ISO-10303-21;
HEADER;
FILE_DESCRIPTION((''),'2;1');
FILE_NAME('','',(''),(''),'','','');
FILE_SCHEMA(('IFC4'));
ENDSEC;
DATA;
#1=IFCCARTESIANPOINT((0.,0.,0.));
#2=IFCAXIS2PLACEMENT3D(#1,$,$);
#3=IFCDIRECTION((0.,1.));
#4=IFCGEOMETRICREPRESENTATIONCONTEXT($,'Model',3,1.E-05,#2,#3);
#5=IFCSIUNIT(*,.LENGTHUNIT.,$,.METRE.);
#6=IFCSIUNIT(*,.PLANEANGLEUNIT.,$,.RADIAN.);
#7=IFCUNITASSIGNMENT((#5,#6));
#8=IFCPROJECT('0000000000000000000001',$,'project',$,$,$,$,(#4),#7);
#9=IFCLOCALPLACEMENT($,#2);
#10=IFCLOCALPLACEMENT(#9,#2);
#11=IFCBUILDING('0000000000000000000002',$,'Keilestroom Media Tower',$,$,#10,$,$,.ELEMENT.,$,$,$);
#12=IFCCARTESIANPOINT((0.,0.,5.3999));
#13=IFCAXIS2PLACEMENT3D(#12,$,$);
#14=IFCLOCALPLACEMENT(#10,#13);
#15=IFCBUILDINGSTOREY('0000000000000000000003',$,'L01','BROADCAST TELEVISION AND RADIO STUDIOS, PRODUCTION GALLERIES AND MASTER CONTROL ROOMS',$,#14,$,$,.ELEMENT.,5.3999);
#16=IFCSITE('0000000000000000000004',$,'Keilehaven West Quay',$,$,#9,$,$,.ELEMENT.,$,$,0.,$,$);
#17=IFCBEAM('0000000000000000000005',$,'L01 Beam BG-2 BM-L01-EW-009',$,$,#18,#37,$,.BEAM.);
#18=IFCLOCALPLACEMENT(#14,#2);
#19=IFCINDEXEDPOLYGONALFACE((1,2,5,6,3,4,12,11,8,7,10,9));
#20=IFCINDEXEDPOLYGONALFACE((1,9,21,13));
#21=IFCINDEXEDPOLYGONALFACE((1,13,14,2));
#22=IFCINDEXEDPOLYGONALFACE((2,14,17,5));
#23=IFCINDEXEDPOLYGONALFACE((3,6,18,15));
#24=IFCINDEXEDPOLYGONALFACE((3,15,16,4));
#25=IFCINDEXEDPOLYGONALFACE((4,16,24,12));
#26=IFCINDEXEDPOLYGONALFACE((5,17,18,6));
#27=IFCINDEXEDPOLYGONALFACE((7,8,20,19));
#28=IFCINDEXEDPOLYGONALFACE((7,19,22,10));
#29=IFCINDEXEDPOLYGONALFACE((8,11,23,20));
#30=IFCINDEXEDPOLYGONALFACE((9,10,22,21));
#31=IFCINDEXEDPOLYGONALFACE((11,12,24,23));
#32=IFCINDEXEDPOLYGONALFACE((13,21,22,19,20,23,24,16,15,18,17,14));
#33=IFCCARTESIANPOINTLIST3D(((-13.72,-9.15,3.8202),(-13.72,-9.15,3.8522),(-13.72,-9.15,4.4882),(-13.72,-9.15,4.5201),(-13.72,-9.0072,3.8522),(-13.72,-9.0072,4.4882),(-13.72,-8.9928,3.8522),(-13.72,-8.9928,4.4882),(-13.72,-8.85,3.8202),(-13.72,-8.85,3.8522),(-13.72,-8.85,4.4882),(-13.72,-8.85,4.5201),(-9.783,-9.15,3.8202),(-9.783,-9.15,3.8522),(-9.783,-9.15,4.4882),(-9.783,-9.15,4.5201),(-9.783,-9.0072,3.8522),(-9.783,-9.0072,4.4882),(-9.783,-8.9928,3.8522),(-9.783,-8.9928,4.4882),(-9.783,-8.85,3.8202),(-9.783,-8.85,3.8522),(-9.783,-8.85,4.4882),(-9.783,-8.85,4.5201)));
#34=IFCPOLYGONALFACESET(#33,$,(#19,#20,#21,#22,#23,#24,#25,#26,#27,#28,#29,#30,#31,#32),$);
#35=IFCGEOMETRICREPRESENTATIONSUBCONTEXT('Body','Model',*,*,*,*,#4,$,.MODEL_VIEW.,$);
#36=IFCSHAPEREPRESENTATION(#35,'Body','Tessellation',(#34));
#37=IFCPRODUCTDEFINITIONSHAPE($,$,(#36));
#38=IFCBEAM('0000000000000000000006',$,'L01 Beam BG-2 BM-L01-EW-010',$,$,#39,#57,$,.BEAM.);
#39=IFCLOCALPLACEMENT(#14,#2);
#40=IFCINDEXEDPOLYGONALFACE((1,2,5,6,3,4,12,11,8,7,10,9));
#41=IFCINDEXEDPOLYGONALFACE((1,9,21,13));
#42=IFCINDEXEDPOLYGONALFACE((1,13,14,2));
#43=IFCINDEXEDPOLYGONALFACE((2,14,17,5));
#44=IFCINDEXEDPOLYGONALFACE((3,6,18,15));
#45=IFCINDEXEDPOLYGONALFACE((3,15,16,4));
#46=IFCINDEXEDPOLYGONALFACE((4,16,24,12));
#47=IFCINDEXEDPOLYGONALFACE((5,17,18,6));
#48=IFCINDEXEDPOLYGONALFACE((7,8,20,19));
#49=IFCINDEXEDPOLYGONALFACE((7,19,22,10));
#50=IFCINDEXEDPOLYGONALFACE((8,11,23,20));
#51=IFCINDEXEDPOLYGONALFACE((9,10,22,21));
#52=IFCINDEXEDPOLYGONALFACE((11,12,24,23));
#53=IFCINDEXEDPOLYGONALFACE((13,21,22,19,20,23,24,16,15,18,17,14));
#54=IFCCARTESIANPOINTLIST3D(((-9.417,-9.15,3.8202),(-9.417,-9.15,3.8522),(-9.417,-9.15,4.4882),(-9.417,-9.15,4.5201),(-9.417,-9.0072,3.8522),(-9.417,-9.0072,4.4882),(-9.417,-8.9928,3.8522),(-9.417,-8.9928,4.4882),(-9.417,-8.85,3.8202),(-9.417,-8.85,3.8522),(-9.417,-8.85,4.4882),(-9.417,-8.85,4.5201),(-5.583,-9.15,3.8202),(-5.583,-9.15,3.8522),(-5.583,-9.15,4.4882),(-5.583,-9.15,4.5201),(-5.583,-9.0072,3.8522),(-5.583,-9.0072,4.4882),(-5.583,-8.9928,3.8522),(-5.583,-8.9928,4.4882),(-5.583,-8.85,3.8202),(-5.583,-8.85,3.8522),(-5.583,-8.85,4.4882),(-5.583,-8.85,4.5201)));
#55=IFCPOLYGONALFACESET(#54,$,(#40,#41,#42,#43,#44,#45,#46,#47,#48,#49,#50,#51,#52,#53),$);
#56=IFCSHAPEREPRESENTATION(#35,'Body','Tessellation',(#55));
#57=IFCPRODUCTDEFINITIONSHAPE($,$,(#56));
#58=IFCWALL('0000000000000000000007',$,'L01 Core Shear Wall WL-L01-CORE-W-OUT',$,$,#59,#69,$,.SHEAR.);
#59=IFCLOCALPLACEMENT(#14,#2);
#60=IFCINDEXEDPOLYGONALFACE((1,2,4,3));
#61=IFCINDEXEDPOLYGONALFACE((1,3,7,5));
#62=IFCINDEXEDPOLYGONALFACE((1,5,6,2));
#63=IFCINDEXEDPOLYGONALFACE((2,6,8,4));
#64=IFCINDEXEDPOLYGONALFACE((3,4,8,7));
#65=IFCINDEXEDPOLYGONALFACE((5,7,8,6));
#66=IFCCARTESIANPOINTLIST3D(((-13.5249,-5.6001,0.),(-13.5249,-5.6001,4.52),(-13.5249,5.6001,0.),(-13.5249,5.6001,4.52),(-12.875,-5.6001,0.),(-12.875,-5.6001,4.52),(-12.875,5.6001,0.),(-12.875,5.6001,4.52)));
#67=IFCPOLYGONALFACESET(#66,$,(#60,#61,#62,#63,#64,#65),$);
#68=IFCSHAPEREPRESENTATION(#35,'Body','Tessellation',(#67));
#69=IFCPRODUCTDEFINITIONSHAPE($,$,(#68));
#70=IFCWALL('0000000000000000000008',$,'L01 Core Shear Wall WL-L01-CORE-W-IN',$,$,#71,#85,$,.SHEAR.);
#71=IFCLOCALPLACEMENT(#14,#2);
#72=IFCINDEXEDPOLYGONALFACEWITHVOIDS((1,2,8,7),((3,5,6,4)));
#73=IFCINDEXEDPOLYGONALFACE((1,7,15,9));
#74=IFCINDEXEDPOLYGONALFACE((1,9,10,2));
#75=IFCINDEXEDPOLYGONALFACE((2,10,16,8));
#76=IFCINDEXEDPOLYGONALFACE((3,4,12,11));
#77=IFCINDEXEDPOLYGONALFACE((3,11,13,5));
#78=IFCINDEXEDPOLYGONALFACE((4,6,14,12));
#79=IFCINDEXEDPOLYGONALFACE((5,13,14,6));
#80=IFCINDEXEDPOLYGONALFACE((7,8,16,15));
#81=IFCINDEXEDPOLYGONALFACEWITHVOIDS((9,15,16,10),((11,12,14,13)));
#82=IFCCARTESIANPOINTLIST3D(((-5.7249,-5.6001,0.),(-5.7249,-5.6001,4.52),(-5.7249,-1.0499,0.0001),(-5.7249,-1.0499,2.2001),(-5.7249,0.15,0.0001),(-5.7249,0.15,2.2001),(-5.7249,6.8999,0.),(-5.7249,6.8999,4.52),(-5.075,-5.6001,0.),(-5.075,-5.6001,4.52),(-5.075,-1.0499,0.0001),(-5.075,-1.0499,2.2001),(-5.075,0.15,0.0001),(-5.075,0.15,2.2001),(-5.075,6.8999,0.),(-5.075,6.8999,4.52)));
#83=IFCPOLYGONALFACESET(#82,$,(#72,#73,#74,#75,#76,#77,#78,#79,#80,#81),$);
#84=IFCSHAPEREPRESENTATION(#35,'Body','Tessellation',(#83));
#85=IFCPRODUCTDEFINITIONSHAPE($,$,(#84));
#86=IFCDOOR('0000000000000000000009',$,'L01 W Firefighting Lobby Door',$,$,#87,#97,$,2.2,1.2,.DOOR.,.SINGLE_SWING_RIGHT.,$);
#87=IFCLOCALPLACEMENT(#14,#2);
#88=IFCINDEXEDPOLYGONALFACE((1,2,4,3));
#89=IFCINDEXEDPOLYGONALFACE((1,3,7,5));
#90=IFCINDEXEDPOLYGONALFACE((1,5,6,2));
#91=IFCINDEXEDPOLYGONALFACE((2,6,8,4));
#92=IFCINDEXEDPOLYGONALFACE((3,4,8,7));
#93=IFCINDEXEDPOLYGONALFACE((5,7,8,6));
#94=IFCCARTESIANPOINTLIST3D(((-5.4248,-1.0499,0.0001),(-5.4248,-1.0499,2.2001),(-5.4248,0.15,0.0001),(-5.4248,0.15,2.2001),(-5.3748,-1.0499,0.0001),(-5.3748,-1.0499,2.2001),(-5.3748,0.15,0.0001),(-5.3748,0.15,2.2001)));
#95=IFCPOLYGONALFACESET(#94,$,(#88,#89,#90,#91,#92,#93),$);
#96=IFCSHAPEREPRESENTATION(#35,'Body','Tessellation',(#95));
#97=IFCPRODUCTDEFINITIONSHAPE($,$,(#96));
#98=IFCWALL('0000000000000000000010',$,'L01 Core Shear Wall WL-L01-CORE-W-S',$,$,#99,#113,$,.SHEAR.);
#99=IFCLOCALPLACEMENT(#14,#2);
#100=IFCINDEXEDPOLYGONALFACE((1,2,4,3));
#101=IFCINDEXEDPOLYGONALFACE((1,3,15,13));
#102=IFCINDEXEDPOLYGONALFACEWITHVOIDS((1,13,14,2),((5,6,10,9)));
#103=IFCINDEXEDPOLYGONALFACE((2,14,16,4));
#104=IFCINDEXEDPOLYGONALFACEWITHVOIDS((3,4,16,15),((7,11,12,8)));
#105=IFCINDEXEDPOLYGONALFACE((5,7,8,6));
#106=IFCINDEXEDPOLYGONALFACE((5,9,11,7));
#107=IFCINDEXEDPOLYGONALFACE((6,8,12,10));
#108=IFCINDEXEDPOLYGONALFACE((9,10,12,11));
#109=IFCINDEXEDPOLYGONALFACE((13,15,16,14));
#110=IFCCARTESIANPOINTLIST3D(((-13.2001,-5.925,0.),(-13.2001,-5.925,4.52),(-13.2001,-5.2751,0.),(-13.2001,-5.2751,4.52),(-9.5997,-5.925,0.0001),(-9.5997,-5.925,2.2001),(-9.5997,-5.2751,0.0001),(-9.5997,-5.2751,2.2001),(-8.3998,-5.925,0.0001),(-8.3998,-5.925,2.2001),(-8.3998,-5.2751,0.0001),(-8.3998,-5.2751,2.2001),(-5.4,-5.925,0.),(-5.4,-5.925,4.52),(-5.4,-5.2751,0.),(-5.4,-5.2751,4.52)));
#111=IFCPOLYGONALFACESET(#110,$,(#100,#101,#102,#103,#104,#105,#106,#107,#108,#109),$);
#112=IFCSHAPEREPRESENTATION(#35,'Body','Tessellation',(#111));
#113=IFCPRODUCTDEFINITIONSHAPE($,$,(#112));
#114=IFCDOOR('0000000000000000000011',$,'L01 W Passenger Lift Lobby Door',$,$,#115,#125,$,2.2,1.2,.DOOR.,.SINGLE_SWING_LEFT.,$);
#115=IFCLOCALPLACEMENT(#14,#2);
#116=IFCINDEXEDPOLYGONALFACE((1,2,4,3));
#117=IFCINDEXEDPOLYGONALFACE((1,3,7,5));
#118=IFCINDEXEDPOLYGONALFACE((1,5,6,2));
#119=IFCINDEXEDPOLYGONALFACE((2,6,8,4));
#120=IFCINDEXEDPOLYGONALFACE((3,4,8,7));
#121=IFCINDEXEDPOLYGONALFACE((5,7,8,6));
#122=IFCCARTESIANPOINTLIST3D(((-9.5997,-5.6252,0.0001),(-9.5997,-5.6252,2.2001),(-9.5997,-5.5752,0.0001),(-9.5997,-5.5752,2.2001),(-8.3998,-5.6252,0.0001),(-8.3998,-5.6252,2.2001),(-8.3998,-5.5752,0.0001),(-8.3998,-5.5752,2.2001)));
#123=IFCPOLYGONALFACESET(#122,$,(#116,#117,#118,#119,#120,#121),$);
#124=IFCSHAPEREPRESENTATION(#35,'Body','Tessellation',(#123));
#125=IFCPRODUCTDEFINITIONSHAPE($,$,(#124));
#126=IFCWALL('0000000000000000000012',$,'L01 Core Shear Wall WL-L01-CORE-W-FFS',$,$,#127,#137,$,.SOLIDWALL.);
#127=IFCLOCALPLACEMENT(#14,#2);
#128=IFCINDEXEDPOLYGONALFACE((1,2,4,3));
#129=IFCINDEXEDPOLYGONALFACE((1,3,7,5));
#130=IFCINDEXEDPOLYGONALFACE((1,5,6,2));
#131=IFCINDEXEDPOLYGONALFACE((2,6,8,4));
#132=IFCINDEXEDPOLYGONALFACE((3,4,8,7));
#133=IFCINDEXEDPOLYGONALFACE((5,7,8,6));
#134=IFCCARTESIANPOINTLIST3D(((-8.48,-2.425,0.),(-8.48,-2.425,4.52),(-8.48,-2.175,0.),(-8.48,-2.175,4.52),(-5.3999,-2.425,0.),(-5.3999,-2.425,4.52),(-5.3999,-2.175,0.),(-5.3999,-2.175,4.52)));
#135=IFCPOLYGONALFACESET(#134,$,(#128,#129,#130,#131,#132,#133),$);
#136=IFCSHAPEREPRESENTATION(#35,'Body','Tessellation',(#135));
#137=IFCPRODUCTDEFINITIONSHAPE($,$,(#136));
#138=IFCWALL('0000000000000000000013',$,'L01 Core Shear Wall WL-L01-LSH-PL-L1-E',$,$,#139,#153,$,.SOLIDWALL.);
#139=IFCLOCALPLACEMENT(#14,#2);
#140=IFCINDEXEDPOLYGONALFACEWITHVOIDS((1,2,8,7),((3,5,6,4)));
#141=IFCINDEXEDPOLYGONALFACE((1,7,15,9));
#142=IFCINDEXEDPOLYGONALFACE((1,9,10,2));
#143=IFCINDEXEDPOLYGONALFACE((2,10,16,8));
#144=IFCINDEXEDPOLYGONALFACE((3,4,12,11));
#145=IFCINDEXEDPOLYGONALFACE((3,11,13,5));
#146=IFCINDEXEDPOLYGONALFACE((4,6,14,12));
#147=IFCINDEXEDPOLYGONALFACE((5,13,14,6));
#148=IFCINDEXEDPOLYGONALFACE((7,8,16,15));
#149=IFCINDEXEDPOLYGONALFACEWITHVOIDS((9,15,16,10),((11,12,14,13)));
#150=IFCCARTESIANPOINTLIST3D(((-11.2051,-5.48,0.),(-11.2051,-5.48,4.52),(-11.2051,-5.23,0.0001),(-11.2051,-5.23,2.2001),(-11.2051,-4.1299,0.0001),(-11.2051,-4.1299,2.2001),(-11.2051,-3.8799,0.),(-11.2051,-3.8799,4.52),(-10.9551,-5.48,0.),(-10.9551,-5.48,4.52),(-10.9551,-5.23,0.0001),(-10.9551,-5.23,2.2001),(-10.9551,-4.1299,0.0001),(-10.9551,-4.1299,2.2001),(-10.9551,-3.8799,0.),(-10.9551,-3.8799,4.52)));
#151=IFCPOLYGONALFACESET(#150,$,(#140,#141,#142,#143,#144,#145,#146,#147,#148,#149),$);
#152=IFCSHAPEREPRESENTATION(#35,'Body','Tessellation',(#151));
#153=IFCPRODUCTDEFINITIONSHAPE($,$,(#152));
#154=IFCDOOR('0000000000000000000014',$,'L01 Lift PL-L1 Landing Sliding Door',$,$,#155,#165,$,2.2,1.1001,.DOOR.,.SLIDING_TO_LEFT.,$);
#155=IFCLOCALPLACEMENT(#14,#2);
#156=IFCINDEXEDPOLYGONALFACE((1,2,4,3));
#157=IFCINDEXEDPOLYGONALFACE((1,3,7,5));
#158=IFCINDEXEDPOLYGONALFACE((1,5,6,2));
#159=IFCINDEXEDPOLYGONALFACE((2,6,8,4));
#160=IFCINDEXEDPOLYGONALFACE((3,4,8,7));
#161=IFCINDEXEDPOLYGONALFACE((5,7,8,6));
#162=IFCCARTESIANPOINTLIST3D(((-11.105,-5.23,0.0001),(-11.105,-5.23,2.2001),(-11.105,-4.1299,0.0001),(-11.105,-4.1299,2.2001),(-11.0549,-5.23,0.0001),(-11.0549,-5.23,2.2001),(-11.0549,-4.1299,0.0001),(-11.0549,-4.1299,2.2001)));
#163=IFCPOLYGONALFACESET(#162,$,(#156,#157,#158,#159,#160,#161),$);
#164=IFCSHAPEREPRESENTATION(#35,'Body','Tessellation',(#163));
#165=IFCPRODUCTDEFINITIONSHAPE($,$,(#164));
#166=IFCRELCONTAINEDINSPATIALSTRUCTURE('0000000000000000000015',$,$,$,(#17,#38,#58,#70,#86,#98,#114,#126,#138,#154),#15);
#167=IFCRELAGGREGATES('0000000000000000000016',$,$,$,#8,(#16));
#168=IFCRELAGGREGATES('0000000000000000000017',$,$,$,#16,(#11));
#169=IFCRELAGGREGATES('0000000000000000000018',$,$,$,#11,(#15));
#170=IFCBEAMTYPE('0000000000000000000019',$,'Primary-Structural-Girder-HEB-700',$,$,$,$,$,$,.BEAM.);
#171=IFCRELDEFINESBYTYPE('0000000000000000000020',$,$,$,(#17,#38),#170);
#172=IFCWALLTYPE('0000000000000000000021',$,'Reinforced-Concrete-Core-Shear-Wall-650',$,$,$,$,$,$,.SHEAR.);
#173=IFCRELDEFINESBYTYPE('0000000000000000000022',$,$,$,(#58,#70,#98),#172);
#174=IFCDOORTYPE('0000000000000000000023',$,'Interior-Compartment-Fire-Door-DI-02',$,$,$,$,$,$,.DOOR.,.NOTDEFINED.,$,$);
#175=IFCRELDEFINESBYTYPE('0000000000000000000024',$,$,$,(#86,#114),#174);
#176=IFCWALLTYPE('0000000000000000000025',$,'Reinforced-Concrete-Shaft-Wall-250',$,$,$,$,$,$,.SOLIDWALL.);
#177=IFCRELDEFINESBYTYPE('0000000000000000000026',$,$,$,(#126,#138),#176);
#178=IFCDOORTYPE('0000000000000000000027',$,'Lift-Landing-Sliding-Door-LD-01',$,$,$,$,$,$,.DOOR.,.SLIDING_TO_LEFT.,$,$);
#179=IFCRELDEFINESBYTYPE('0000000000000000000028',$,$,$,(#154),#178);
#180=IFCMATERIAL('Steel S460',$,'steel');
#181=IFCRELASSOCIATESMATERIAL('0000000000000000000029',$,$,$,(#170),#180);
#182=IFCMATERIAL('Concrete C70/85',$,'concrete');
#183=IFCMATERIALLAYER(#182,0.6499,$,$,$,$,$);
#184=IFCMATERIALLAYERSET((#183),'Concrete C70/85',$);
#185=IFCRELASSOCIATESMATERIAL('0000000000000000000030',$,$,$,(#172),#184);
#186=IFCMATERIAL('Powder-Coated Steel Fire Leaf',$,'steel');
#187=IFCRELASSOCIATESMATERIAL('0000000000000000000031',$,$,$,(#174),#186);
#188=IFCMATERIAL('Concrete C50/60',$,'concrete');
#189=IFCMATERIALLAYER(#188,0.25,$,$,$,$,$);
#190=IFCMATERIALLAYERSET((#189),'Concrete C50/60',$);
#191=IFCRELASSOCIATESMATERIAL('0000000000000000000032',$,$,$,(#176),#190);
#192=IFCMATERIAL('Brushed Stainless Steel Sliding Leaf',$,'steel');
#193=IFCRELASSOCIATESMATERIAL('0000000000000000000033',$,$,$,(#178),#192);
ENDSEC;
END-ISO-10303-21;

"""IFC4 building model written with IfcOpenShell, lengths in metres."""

from ifc_helpers import new_model, si_unit, direction, frame, frame_2d, origin, origin_2d, place, context, subcontext, project, spatial, rectangle, i_section, extrude, source, transform, mapped, material, layer, layer_set, material_profile, profile_set, type_object, element, fill, save


model = new_model("IFC4")

# Units and contexts
model_context = context("Model", 3, precision=1e-05, world=origin(), true_north=direction((0.0, 1.0)))
body_context = subcontext(model_context, "Body", "Model", "MODEL_VIEW")
ifc_project = project(units=[si_unit("LENGTHUNIT", "METRE"), si_unit("PLANEANGLEUNIT", "RADIAN")], contexts=[model_context])

# Site, building, storey
site_placement = place(None, origin())
site = spatial("IfcSite", under=ifc_project, at=site_placement, Name="Keilehaven West Quay", CompositionType="ELEMENT", RefElevation=0.0)
building_placement = place(site_placement, origin())
building = spatial("IfcBuilding", under=site, at=building_placement, Name="Keilestroom Media Tower", CompositionType="ELEMENT")
storey_placement = place(building_placement, frame((0.0, 0.0, 5.3999)))
storey = spatial("IfcBuildingStorey", under=building, at=storey_placement, Name="L01", Description="BROADCAST TELEVISION AND RADIO STUDIOS, PRODUCTION GALLERIES AND MASTER CONTROL ROOMS", CompositionType="ELEMENT", Elevation=5.3999)

# Shared definitions
ifc_material_1 = material(Name="Concrete C70/85", Category="concrete")
ifc_material_2 = material(Name="Steel S460", Category="steel")

# Beams
ifc_material_profile_1 = material_profile(ifc_material_2, i_section(OverallWidth=0.3, OverallDepth=0.7, WebThickness=0.0144, FlangeThickness=0.032, at=origin_2d()), Name="HEB 700")
ifc_profile_set_1 = profile_set([ifc_material_profile_1], Name="Steel S460")
beam_type_1 = type_object("IfcBeamType", Name="Primary-Structural-Girder-HEB-700", PredefinedType="BEAM", material=ifc_profile_set_1)
shared_shape_1 = source(origin(), body_context, "Body", "SweptSolid", [
    extrude(i_section(OverallWidth=0.3, OverallDepth=0.7, WebThickness=0.0144, FlangeThickness=0.032, at=origin_2d()), origin(), (0.0, 0.0, 1.0), 3.937),
])
beam_1_placement = place(storey_placement, frame((-13.72, -9.0, 4.1702), z_axis=(1.0, 0.0, 0.0), x_axis=(0.0, 1.0, 0.0)))
element("IfcBeam", 1, at=beam_1_placement, inside=storey, type_object=beam_type_1, Name="L01 Beam BG-2 BM-L01-EW-009", PredefinedType="BEAM", context=body_context, shape_type="MappedRepresentation", body=[
    mapped(shared_shape_1, transform((0.0, 0.0, 0.0), x_axis=(1.0, 0.0, 0.0), y_axis=(0.0, 1.0, 0.0), z_axis=(0.0, 0.0, 1.0), scale=1.0)),
])
shared_shape_2 = source(origin(), body_context, "Body", "SweptSolid", [
    extrude(i_section(OverallWidth=0.3, OverallDepth=0.7, WebThickness=0.0144, FlangeThickness=0.032, at=origin_2d()), origin(), (0.0, 0.0, 1.0), 3.834),
])
beam_2_placement = place(storey_placement, frame((-9.417, -9.0, 4.1702), z_axis=(1.0, 0.0, 0.0), x_axis=(0.0, 1.0, 0.0)))
element("IfcBeam", 2, at=beam_2_placement, inside=storey, type_object=beam_type_1, Name="L01 Beam BG-2 BM-L01-EW-010", PredefinedType="BEAM", context=body_context, shape_type="MappedRepresentation", body=[
    mapped(shared_shape_2, transform((0.0, 0.0, 0.0), x_axis=(1.0, 0.0, 0.0), y_axis=(0.0, 1.0, 0.0), z_axis=(0.0, 0.0, 1.0), scale=1.0)),
])

# Wall
ifc_layer_1 = layer(ifc_material_1, 0.6499)
ifc_layer_set_1 = layer_set([ifc_layer_1], Name="Concrete C70/85")
wall_type_1 = type_object("IfcWallType", Name="Reinforced-Concrete-Core-Shear-Wall-650", PredefinedType="SHEAR", material=ifc_layer_set_1)
wall_1_placement = place(storey_placement, frame((-13.2, -5.6001, 0.0), z_axis=(0.0, 0.0, 1.0), x_axis=(0.0, 1.0, 0.0)))
element("IfcWall", 3, at=wall_1_placement, inside=storey, type_object=wall_type_1, Name="L01 Core Shear Wall WL-L01-CORE-W-OUT", PredefinedType="SHEAR", context=body_context, shape_type="SweptSolid", body=[
    extrude(rectangle(XDim=11.2002, YDim=0.6499, at=frame_2d((5.6001, 0.0))), origin(), (0.0, 0.0, 1.0), 4.52),
])

# Walls, openings, doors
wall_2_placement = place(storey_placement, frame((-5.3999, -5.6001, 0.0), z_axis=(0.0, 0.0, 1.0), x_axis=(0.0, 1.0, 0.0)))
wall_2 = element("IfcWall", 4, at=wall_2_placement, inside=storey, type_object=wall_type_1, Name="L01 Core Shear Wall WL-L01-CORE-W-IN", PredefinedType="SHEAR", context=body_context, shape_type="SweptSolid", body=[
    extrude(rectangle(XDim=12.5, YDim=0.6499, at=frame_2d((6.25, 0.0))), origin(), (0.0, 0.0, 1.0), 4.52),
])
opening_1_placement = place(wall_2_placement, frame((4.55, 0.0, 0.0)))
opening_1 = element("IfcOpeningElement", 5, at=opening_1_placement, cuts=wall_2, PredefinedType="OPENING", context=body_context, shape_type="SweptSolid", body=[
    extrude(rectangle(XDim=1.2, YDim=2.2, at=frame_2d((0.6001, 1.1001))), frame((0.0, 0.335, 0.0), z_axis=(0.0, -1.0, 0.0), x_axis=(1.0, 0.0, 0.0)), (0.0, 0.0, 1.0), 0.6699),
])
ifc_material_3 = material(Name="Powder-Coated Steel Fire Leaf", Category="steel")
door_type_1 = type_object("IfcDoorType", Name="Interior-Compartment-Fire-Door-DI-02", OperationType="NOTDEFINED", PredefinedType="DOOR", material=ifc_material_3)
shared_shape_3 = source(origin(), body_context, "Body", "SweptSolid", [
    extrude(rectangle(XDim=1.2, YDim=2.2, at=frame_2d((0.6001, 1.1001))), frame((0.0, 0.0249, 0.0), z_axis=(0.0, -1.0, 0.0), x_axis=(1.0, 0.0, 0.0)), (0.0, 0.0, 1.0), 0.05),
])
door_1_placement = place(opening_1_placement, origin())
door_1 = element("IfcDoor", 6, at=door_1_placement, inside=storey, type_object=door_type_1, Name="L01 W Firefighting Lobby Door", OperationType="SINGLE_SWING_RIGHT", OverallHeight=2.2, OverallWidth=1.2, PredefinedType="DOOR", context=body_context, shape_type="MappedRepresentation", body=[
    mapped(shared_shape_3, transform((0.0, 0.0, 0.0), x_axis=(1.0, 0.0, 0.0), y_axis=(0.0, 1.0, 0.0), z_axis=(0.0, 0.0, 1.0), scale=1.0)),
])
fill(opening_1, door_1)
wall_3_placement = place(storey_placement, frame((-13.2, -5.6001, 0.0), z_axis=(0.0, 0.0, 1.0), x_axis=(1.0, 0.0, 0.0)))
wall_3 = element("IfcWall", 7, at=wall_3_placement, inside=storey, type_object=wall_type_1, Name="L01 Core Shear Wall WL-L01-CORE-W-S", PredefinedType="SHEAR", context=body_context, shape_type="SweptSolid", body=[
    extrude(rectangle(XDim=7.8, YDim=0.6499, at=frame_2d((3.8999, 0.0))), origin(), (0.0, 0.0, 1.0), 4.52),
])
opening_2_placement = place(wall_3_placement, frame((3.6001, 0.0, 0.0)))
opening_2 = element("IfcOpeningElement", 8, at=opening_2_placement, cuts=wall_3, PredefinedType="OPENING", context=body_context, shape_type="SweptSolid", body=[
    extrude(rectangle(XDim=1.2, YDim=2.2, at=frame_2d((0.6001, 1.1001))), frame((0.0, 0.335, 0.0), z_axis=(0.0, -1.0, 0.0), x_axis=(1.0, 0.0, 0.0)), (0.0, 0.0, 1.0), 0.6699),
])
door_2_placement = place(opening_2_placement, origin())
door_2 = element("IfcDoor", 9, at=door_2_placement, inside=storey, type_object=door_type_1, Name="L01 W Passenger Lift Lobby Door", OperationType="SINGLE_SWING_LEFT", OverallHeight=2.2, OverallWidth=1.2, PredefinedType="DOOR", context=body_context, shape_type="MappedRepresentation", body=[
    mapped(shared_shape_3, transform((0.0, 0.0, 0.0), x_axis=(1.0, 0.0, 0.0), y_axis=(0.0, 1.0, 0.0), z_axis=(0.0, 0.0, 1.0), scale=1.0)),
])
fill(opening_2, door_2)

# Wall
ifc_material_4 = material(Name="Concrete C50/60", Category="concrete")
ifc_layer_2 = layer(ifc_material_4, 0.25)
ifc_layer_set_2 = layer_set([ifc_layer_2], Name="Concrete C50/60")
wall_type_2 = type_object("IfcWallType", Name="Reinforced-Concrete-Shaft-Wall-250", PredefinedType="SOLIDWALL", material=ifc_layer_set_2)
wall_4_placement = place(storey_placement, frame((-8.48, -2.3, 0.0), z_axis=(0.0, 0.0, 1.0), x_axis=(1.0, 0.0, 0.0)))
element("IfcWall", 10, at=wall_4_placement, inside=storey, type_object=wall_type_2, Name="L01 Core Shear Wall WL-L01-CORE-W-FFS", PredefinedType="SOLIDWALL", context=body_context, shape_type="SweptSolid", body=[
    extrude(rectangle(XDim=3.0801, YDim=0.25, at=frame_2d((1.54, 0.0))), origin(), (0.0, 0.0, 1.0), 4.52),
])

# Wall, opening, door
wall_5_placement = place(storey_placement, frame((-11.0801, -5.48, 0.0), z_axis=(0.0, 0.0, 1.0), x_axis=(0.0, 1.0, 0.0)))
wall_5 = element("IfcWall", 11, at=wall_5_placement, inside=storey, type_object=wall_type_2, Name="L01 Core Shear Wall WL-L01-LSH-PL-L1-E", PredefinedType="SOLIDWALL", context=body_context, shape_type="SweptSolid", body=[
    extrude(rectangle(XDim=1.6001, YDim=0.25, at=frame_2d((0.8, 0.0))), origin(), (0.0, 0.0, 1.0), 4.52),
])
opening_3_placement = place(wall_5_placement, frame((0.25, 0.0, 0.0)))
opening_3 = element("IfcOpeningElement", 12, at=opening_3_placement, cuts=wall_5, PredefinedType="OPENING", context=body_context, shape_type="SweptSolid", body=[
    extrude(rectangle(XDim=1.1001, YDim=2.2, at=frame_2d((0.55, 1.1001))), frame((0.0, 0.135, 0.0), z_axis=(0.0, -1.0, 0.0), x_axis=(1.0, 0.0, 0.0)), (0.0, 0.0, 1.0), 0.27),
])
ifc_material_5 = material(Name="Brushed Stainless Steel Sliding Leaf", Category="steel")
door_type_2 = type_object("IfcDoorType", Name="Lift-Landing-Sliding-Door-LD-01", OperationType="SLIDING_TO_LEFT", PredefinedType="DOOR", material=ifc_material_5)
shared_shape_4 = source(origin(), body_context, "Body", "SweptSolid", [
    extrude(rectangle(XDim=1.1001, YDim=2.2, at=frame_2d((0.55, 1.1001))), frame((0.0, 0.0249, 0.0), z_axis=(0.0, -1.0, 0.0), x_axis=(1.0, 0.0, 0.0)), (0.0, 0.0, 1.0), 0.05),
])
door_3_placement = place(opening_3_placement, origin())
door_3 = element("IfcDoor", 13, at=door_3_placement, inside=storey, type_object=door_type_2, Name="L01 Lift PL-L1 Landing Sliding Door", OperationType="SLIDING_TO_LEFT", OverallHeight=2.2, OverallWidth=1.1001, PredefinedType="DOOR", context=body_context, shape_type="MappedRepresentation", body=[
    mapped(shared_shape_4, transform((0.0, 0.0, 0.0), x_axis=(1.0, 0.0, 0.0), y_axis=(0.0, 1.0, 0.0), z_axis=(0.0, 0.0, 1.0), scale=1.0)),
])
fill(opening_3, door_3)

save(model, "model.ifc")
